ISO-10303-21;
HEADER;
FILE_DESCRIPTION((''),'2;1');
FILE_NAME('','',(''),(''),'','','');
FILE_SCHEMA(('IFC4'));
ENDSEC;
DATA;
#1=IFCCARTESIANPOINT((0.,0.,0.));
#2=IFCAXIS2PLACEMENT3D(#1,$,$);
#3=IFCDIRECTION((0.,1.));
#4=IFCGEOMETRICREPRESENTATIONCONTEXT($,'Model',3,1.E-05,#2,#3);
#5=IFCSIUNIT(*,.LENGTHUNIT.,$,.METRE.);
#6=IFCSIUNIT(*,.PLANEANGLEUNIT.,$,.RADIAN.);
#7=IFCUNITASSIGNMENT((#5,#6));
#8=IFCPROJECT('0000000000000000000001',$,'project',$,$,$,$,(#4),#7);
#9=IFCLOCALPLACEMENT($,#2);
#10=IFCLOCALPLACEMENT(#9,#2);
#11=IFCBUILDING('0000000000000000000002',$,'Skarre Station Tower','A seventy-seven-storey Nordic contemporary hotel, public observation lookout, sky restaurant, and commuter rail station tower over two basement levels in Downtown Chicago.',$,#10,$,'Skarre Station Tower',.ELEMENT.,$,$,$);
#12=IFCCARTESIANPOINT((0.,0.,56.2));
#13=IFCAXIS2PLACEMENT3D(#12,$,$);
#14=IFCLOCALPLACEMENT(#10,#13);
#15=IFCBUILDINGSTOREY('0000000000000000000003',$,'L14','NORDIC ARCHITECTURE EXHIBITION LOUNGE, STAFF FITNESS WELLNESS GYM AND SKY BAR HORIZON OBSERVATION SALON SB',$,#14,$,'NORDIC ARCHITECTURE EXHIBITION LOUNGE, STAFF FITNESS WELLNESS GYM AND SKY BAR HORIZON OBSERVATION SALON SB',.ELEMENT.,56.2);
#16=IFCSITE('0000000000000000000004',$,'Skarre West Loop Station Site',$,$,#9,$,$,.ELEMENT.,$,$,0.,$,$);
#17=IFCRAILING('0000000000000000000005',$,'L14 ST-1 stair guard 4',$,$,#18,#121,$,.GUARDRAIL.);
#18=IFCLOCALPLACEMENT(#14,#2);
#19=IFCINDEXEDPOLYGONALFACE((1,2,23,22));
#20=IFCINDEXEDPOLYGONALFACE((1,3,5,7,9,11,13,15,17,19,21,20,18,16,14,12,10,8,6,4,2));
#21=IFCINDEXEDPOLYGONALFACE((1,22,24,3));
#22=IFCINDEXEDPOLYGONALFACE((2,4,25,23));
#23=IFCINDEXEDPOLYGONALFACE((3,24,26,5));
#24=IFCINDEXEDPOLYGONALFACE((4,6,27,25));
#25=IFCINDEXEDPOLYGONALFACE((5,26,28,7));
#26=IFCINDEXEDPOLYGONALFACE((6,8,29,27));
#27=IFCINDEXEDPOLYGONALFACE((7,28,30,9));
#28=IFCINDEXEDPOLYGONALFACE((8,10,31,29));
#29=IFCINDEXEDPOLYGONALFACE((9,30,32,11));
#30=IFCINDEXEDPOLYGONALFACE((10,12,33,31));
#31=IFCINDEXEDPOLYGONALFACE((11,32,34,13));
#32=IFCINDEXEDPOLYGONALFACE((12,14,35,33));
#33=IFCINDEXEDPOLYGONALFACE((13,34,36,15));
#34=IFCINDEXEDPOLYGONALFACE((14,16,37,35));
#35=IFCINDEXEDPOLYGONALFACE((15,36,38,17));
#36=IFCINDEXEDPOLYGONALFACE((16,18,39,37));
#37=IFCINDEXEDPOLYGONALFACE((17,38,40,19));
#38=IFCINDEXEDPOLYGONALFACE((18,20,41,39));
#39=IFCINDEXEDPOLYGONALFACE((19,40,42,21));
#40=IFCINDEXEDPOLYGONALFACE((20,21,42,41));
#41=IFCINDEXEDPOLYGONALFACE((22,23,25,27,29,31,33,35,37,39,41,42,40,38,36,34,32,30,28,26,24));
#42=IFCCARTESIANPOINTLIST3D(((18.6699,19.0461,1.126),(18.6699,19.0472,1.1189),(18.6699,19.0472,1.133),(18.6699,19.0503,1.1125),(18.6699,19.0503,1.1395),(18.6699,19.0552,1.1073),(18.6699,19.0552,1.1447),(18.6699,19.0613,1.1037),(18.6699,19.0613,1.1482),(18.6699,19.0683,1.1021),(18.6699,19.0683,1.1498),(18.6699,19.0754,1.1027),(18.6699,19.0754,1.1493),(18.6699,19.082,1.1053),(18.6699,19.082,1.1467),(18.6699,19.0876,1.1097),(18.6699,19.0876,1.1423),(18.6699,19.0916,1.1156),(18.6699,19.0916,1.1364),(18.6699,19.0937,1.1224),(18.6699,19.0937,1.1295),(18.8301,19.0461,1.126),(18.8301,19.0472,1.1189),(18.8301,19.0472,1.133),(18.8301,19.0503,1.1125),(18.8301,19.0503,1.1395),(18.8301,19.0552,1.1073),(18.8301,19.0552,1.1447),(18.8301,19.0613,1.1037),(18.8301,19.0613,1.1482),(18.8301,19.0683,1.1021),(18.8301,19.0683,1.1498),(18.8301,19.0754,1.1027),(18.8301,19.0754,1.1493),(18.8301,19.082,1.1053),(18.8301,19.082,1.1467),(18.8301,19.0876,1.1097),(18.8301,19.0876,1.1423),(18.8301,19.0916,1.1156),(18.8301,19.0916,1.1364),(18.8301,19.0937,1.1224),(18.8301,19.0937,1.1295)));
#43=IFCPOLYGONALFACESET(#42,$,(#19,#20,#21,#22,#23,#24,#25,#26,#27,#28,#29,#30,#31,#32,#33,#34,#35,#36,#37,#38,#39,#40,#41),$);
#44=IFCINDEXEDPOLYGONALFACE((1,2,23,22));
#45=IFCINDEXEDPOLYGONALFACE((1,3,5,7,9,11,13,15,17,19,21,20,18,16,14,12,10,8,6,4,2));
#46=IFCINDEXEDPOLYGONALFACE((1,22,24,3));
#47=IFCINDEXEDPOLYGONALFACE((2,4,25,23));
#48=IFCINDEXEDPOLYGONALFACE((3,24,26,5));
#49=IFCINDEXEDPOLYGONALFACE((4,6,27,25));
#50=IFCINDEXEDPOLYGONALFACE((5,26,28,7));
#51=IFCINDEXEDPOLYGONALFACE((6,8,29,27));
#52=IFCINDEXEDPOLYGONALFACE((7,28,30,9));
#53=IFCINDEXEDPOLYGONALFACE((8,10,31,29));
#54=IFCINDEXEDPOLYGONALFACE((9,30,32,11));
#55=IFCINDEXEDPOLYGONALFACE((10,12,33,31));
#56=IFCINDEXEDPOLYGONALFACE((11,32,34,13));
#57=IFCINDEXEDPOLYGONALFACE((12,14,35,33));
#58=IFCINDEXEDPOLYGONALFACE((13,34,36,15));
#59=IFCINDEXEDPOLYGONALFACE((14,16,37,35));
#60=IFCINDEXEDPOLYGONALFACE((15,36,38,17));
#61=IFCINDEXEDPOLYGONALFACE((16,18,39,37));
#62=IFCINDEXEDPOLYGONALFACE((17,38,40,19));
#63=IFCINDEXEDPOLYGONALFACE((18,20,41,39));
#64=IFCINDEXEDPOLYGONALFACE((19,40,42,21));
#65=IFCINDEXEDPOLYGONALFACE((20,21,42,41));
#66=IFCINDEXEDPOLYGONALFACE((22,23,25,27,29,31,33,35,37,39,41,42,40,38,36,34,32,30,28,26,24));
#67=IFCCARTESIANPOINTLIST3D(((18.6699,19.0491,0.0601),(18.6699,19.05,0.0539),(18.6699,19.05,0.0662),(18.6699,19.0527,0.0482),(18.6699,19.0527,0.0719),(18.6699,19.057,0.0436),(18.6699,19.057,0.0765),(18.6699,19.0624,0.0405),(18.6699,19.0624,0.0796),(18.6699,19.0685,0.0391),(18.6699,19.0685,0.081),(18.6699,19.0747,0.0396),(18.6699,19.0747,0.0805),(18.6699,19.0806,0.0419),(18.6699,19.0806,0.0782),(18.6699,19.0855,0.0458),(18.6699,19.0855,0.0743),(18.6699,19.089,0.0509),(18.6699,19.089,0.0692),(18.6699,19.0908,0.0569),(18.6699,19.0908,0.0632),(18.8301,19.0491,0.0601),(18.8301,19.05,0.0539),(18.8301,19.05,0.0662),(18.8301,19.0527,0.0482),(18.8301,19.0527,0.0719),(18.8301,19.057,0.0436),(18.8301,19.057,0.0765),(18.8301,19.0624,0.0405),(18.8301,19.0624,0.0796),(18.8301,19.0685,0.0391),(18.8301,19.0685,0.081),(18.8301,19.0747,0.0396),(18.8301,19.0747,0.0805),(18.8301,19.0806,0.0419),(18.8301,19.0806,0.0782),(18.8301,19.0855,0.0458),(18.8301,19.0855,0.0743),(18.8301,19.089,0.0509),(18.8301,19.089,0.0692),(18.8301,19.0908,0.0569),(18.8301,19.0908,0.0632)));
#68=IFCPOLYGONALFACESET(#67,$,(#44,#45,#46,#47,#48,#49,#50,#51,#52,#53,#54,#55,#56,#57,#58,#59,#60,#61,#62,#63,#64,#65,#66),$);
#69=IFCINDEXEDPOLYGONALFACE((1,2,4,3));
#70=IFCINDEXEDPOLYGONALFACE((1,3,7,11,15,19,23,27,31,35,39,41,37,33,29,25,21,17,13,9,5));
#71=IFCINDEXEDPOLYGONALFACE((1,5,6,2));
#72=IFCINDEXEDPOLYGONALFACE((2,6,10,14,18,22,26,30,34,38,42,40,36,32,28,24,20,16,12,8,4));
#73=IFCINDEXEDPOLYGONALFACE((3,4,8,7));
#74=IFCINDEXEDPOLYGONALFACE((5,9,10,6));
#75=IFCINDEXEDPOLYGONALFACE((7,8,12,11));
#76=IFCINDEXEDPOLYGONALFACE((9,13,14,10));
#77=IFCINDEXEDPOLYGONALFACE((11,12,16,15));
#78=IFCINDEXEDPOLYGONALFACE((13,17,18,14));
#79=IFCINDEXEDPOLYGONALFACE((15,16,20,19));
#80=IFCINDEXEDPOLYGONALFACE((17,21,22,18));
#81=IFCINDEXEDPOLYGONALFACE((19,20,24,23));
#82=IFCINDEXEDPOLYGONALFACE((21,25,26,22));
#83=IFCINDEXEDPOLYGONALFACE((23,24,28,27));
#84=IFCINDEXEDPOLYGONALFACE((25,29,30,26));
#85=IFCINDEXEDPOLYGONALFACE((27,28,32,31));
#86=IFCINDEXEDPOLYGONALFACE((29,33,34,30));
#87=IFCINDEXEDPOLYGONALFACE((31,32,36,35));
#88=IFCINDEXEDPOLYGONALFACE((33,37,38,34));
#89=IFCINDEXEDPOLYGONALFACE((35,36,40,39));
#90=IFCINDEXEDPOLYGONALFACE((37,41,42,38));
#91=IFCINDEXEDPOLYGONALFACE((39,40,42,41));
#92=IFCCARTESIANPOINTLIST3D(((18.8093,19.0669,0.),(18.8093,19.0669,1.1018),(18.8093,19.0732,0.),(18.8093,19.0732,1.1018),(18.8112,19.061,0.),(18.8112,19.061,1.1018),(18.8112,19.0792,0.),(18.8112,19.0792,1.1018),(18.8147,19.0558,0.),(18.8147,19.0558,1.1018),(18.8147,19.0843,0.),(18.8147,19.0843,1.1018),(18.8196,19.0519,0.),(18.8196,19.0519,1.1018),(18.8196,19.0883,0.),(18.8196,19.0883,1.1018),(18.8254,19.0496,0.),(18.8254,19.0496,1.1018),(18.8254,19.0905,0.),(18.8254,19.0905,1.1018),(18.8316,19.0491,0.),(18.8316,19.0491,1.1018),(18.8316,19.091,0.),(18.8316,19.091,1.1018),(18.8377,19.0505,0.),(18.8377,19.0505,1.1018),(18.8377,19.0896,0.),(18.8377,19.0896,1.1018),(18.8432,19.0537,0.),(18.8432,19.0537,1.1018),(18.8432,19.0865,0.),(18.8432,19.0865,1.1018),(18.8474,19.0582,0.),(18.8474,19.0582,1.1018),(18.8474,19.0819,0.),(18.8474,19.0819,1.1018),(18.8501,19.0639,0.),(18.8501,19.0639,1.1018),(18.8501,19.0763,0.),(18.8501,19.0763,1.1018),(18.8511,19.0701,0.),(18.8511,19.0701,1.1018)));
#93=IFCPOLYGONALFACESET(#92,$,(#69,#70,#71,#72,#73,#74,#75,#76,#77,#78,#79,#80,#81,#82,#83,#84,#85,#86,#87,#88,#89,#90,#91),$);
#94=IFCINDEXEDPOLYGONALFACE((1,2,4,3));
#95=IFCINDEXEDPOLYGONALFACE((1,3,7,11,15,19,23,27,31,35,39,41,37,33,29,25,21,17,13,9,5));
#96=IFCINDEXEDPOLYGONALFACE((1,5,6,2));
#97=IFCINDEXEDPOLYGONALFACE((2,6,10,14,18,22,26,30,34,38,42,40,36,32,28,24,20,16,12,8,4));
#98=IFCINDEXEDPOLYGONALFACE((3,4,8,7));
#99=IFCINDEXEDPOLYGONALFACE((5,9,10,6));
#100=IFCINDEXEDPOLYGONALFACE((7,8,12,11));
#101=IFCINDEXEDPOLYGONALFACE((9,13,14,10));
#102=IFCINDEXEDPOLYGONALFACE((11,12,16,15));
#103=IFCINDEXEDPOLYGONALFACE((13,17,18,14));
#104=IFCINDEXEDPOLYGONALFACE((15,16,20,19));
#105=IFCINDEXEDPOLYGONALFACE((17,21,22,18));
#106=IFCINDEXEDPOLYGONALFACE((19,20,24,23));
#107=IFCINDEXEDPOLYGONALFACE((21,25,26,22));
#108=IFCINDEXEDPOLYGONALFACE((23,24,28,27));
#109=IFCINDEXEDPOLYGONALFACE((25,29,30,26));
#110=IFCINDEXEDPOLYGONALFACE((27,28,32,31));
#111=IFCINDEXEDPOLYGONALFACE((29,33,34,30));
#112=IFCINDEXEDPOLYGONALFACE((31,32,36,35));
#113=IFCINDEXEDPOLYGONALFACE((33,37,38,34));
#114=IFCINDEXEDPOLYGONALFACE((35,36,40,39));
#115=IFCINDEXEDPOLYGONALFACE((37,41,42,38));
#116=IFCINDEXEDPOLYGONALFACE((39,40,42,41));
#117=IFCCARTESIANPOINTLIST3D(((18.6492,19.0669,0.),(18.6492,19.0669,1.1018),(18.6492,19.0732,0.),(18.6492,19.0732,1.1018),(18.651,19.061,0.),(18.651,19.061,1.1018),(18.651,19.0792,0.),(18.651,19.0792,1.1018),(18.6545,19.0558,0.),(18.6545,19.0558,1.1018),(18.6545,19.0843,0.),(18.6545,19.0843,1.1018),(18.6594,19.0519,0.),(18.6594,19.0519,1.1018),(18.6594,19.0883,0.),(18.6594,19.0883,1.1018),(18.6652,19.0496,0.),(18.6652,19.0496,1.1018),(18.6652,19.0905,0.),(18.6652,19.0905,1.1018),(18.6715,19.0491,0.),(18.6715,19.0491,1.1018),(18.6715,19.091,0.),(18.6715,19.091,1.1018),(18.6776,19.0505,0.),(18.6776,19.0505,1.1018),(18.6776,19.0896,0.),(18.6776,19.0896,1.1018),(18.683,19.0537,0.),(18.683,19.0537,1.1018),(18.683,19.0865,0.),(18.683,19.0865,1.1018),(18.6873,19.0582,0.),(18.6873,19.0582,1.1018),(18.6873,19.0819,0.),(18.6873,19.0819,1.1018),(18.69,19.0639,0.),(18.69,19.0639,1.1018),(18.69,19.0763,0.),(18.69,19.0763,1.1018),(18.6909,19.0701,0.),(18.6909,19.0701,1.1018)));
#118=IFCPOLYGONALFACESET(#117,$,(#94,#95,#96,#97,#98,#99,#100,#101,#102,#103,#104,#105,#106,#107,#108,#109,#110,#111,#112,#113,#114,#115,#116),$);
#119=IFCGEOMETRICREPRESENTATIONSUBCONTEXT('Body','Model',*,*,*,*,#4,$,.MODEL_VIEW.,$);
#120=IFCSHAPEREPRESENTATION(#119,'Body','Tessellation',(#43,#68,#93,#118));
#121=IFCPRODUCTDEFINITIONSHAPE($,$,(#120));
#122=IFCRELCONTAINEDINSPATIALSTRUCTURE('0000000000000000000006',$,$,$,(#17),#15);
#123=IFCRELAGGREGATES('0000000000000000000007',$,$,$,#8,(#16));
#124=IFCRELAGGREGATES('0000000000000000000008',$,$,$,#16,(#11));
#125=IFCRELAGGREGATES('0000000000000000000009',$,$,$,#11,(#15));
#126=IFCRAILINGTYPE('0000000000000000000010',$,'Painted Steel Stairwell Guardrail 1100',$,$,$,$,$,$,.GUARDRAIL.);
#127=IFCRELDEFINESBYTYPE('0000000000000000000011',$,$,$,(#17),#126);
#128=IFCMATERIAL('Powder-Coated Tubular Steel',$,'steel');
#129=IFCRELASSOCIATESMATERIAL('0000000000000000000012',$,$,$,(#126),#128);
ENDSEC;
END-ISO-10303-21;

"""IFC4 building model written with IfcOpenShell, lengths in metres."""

from ifc_helpers import new_model, si_unit, direction, frame, origin, origin_2d, place, context, subcontext, project, spatial, circle, extrude, material, type_object, element, save


model = new_model("IFC4")

# Units and contexts
model_context = context("Model", 3, precision=1e-05, world=origin(), true_north=direction((0.0, 1.0)))
body_context = subcontext(model_context, "Body", "Model", "MODEL_VIEW")
ifc_project = project(units=[si_unit("LENGTHUNIT", "METRE"), si_unit("PLANEANGLEUNIT", "RADIAN")], contexts=[model_context])

# Site, building, storey
site_placement = place(None, origin())
site = spatial("IfcSite", under=ifc_project, at=site_placement, Name="Skarre West Loop Station Site", CompositionType="ELEMENT", RefElevation=0.0)
building_placement = place(site_placement, origin())
building = spatial("IfcBuilding", under=site, at=building_placement, Name="Skarre Station Tower", Description="A seventy-seven-storey Nordic contemporary hotel, public observation lookout, sky restaurant, and commuter rail station tower over two basement levels in Downtown Chicago.", LongName="Skarre Station Tower", CompositionType="ELEMENT")
storey_placement = place(building_placement, frame((0.0, 0.0, 56.2)))
storey = spatial("IfcBuildingStorey", under=building, at=storey_placement, Name="L14", Description="NORDIC ARCHITECTURE EXHIBITION LOUNGE, STAFF FITNESS WELLNESS GYM AND SKY BAR HORIZON OBSERVATION SALON SB", LongName="NORDIC ARCHITECTURE EXHIBITION LOUNGE, STAFF FITNESS WELLNESS GYM AND SKY BAR HORIZON OBSERVATION SALON SB", CompositionType="ELEMENT", Elevation=56.2)

# Railing
ifc_material_1 = material(Name="Powder-Coated Tubular Steel", Category="steel")
railing_type_1 = type_object("IfcRailingType", Name="Painted Steel Stairwell Guardrail 1100", PredefinedType="GUARDRAIL", material=ifc_material_1)
railing_1_placement = place(storey_placement, frame((18.8301, 19.0701, 0.0)))
element("IfcRailing", 1, at=railing_1_placement, inside=storey, type_object=railing_type_1, Name="L14 ST-1 stair guard 4", PredefinedType="GUARDRAIL", context=body_context, shape_type="SweptSolid", body=[
    extrude(circle(Radius=0.0239, at=origin_2d()), frame((0.0, 0.0, 1.126), z_axis=(-1.0, 0.0, 0.0), x_axis=(0.0, -1.0, 0.0)), (0.0, 0.0, 1.0), 0.1602),
    extrude(circle(Radius=0.021, at=origin_2d()), frame((0.0, 0.0, 0.0601), z_axis=(-1.0, 0.0, 0.0), x_axis=(0.0, -1.0, 0.0)), (0.0, 0.0, 1.0), 0.1602),
    extrude(circle(Radius=0.021, at=origin_2d()), origin(), (0.0, 0.0, 1.0), 1.1018),
    extrude(circle(Radius=0.021, at=origin_2d()), frame((-0.1602, 0.0, 0.0)), (0.0, 0.0, 1.0), 1.1018),
])

save(model, "model.ifc")
